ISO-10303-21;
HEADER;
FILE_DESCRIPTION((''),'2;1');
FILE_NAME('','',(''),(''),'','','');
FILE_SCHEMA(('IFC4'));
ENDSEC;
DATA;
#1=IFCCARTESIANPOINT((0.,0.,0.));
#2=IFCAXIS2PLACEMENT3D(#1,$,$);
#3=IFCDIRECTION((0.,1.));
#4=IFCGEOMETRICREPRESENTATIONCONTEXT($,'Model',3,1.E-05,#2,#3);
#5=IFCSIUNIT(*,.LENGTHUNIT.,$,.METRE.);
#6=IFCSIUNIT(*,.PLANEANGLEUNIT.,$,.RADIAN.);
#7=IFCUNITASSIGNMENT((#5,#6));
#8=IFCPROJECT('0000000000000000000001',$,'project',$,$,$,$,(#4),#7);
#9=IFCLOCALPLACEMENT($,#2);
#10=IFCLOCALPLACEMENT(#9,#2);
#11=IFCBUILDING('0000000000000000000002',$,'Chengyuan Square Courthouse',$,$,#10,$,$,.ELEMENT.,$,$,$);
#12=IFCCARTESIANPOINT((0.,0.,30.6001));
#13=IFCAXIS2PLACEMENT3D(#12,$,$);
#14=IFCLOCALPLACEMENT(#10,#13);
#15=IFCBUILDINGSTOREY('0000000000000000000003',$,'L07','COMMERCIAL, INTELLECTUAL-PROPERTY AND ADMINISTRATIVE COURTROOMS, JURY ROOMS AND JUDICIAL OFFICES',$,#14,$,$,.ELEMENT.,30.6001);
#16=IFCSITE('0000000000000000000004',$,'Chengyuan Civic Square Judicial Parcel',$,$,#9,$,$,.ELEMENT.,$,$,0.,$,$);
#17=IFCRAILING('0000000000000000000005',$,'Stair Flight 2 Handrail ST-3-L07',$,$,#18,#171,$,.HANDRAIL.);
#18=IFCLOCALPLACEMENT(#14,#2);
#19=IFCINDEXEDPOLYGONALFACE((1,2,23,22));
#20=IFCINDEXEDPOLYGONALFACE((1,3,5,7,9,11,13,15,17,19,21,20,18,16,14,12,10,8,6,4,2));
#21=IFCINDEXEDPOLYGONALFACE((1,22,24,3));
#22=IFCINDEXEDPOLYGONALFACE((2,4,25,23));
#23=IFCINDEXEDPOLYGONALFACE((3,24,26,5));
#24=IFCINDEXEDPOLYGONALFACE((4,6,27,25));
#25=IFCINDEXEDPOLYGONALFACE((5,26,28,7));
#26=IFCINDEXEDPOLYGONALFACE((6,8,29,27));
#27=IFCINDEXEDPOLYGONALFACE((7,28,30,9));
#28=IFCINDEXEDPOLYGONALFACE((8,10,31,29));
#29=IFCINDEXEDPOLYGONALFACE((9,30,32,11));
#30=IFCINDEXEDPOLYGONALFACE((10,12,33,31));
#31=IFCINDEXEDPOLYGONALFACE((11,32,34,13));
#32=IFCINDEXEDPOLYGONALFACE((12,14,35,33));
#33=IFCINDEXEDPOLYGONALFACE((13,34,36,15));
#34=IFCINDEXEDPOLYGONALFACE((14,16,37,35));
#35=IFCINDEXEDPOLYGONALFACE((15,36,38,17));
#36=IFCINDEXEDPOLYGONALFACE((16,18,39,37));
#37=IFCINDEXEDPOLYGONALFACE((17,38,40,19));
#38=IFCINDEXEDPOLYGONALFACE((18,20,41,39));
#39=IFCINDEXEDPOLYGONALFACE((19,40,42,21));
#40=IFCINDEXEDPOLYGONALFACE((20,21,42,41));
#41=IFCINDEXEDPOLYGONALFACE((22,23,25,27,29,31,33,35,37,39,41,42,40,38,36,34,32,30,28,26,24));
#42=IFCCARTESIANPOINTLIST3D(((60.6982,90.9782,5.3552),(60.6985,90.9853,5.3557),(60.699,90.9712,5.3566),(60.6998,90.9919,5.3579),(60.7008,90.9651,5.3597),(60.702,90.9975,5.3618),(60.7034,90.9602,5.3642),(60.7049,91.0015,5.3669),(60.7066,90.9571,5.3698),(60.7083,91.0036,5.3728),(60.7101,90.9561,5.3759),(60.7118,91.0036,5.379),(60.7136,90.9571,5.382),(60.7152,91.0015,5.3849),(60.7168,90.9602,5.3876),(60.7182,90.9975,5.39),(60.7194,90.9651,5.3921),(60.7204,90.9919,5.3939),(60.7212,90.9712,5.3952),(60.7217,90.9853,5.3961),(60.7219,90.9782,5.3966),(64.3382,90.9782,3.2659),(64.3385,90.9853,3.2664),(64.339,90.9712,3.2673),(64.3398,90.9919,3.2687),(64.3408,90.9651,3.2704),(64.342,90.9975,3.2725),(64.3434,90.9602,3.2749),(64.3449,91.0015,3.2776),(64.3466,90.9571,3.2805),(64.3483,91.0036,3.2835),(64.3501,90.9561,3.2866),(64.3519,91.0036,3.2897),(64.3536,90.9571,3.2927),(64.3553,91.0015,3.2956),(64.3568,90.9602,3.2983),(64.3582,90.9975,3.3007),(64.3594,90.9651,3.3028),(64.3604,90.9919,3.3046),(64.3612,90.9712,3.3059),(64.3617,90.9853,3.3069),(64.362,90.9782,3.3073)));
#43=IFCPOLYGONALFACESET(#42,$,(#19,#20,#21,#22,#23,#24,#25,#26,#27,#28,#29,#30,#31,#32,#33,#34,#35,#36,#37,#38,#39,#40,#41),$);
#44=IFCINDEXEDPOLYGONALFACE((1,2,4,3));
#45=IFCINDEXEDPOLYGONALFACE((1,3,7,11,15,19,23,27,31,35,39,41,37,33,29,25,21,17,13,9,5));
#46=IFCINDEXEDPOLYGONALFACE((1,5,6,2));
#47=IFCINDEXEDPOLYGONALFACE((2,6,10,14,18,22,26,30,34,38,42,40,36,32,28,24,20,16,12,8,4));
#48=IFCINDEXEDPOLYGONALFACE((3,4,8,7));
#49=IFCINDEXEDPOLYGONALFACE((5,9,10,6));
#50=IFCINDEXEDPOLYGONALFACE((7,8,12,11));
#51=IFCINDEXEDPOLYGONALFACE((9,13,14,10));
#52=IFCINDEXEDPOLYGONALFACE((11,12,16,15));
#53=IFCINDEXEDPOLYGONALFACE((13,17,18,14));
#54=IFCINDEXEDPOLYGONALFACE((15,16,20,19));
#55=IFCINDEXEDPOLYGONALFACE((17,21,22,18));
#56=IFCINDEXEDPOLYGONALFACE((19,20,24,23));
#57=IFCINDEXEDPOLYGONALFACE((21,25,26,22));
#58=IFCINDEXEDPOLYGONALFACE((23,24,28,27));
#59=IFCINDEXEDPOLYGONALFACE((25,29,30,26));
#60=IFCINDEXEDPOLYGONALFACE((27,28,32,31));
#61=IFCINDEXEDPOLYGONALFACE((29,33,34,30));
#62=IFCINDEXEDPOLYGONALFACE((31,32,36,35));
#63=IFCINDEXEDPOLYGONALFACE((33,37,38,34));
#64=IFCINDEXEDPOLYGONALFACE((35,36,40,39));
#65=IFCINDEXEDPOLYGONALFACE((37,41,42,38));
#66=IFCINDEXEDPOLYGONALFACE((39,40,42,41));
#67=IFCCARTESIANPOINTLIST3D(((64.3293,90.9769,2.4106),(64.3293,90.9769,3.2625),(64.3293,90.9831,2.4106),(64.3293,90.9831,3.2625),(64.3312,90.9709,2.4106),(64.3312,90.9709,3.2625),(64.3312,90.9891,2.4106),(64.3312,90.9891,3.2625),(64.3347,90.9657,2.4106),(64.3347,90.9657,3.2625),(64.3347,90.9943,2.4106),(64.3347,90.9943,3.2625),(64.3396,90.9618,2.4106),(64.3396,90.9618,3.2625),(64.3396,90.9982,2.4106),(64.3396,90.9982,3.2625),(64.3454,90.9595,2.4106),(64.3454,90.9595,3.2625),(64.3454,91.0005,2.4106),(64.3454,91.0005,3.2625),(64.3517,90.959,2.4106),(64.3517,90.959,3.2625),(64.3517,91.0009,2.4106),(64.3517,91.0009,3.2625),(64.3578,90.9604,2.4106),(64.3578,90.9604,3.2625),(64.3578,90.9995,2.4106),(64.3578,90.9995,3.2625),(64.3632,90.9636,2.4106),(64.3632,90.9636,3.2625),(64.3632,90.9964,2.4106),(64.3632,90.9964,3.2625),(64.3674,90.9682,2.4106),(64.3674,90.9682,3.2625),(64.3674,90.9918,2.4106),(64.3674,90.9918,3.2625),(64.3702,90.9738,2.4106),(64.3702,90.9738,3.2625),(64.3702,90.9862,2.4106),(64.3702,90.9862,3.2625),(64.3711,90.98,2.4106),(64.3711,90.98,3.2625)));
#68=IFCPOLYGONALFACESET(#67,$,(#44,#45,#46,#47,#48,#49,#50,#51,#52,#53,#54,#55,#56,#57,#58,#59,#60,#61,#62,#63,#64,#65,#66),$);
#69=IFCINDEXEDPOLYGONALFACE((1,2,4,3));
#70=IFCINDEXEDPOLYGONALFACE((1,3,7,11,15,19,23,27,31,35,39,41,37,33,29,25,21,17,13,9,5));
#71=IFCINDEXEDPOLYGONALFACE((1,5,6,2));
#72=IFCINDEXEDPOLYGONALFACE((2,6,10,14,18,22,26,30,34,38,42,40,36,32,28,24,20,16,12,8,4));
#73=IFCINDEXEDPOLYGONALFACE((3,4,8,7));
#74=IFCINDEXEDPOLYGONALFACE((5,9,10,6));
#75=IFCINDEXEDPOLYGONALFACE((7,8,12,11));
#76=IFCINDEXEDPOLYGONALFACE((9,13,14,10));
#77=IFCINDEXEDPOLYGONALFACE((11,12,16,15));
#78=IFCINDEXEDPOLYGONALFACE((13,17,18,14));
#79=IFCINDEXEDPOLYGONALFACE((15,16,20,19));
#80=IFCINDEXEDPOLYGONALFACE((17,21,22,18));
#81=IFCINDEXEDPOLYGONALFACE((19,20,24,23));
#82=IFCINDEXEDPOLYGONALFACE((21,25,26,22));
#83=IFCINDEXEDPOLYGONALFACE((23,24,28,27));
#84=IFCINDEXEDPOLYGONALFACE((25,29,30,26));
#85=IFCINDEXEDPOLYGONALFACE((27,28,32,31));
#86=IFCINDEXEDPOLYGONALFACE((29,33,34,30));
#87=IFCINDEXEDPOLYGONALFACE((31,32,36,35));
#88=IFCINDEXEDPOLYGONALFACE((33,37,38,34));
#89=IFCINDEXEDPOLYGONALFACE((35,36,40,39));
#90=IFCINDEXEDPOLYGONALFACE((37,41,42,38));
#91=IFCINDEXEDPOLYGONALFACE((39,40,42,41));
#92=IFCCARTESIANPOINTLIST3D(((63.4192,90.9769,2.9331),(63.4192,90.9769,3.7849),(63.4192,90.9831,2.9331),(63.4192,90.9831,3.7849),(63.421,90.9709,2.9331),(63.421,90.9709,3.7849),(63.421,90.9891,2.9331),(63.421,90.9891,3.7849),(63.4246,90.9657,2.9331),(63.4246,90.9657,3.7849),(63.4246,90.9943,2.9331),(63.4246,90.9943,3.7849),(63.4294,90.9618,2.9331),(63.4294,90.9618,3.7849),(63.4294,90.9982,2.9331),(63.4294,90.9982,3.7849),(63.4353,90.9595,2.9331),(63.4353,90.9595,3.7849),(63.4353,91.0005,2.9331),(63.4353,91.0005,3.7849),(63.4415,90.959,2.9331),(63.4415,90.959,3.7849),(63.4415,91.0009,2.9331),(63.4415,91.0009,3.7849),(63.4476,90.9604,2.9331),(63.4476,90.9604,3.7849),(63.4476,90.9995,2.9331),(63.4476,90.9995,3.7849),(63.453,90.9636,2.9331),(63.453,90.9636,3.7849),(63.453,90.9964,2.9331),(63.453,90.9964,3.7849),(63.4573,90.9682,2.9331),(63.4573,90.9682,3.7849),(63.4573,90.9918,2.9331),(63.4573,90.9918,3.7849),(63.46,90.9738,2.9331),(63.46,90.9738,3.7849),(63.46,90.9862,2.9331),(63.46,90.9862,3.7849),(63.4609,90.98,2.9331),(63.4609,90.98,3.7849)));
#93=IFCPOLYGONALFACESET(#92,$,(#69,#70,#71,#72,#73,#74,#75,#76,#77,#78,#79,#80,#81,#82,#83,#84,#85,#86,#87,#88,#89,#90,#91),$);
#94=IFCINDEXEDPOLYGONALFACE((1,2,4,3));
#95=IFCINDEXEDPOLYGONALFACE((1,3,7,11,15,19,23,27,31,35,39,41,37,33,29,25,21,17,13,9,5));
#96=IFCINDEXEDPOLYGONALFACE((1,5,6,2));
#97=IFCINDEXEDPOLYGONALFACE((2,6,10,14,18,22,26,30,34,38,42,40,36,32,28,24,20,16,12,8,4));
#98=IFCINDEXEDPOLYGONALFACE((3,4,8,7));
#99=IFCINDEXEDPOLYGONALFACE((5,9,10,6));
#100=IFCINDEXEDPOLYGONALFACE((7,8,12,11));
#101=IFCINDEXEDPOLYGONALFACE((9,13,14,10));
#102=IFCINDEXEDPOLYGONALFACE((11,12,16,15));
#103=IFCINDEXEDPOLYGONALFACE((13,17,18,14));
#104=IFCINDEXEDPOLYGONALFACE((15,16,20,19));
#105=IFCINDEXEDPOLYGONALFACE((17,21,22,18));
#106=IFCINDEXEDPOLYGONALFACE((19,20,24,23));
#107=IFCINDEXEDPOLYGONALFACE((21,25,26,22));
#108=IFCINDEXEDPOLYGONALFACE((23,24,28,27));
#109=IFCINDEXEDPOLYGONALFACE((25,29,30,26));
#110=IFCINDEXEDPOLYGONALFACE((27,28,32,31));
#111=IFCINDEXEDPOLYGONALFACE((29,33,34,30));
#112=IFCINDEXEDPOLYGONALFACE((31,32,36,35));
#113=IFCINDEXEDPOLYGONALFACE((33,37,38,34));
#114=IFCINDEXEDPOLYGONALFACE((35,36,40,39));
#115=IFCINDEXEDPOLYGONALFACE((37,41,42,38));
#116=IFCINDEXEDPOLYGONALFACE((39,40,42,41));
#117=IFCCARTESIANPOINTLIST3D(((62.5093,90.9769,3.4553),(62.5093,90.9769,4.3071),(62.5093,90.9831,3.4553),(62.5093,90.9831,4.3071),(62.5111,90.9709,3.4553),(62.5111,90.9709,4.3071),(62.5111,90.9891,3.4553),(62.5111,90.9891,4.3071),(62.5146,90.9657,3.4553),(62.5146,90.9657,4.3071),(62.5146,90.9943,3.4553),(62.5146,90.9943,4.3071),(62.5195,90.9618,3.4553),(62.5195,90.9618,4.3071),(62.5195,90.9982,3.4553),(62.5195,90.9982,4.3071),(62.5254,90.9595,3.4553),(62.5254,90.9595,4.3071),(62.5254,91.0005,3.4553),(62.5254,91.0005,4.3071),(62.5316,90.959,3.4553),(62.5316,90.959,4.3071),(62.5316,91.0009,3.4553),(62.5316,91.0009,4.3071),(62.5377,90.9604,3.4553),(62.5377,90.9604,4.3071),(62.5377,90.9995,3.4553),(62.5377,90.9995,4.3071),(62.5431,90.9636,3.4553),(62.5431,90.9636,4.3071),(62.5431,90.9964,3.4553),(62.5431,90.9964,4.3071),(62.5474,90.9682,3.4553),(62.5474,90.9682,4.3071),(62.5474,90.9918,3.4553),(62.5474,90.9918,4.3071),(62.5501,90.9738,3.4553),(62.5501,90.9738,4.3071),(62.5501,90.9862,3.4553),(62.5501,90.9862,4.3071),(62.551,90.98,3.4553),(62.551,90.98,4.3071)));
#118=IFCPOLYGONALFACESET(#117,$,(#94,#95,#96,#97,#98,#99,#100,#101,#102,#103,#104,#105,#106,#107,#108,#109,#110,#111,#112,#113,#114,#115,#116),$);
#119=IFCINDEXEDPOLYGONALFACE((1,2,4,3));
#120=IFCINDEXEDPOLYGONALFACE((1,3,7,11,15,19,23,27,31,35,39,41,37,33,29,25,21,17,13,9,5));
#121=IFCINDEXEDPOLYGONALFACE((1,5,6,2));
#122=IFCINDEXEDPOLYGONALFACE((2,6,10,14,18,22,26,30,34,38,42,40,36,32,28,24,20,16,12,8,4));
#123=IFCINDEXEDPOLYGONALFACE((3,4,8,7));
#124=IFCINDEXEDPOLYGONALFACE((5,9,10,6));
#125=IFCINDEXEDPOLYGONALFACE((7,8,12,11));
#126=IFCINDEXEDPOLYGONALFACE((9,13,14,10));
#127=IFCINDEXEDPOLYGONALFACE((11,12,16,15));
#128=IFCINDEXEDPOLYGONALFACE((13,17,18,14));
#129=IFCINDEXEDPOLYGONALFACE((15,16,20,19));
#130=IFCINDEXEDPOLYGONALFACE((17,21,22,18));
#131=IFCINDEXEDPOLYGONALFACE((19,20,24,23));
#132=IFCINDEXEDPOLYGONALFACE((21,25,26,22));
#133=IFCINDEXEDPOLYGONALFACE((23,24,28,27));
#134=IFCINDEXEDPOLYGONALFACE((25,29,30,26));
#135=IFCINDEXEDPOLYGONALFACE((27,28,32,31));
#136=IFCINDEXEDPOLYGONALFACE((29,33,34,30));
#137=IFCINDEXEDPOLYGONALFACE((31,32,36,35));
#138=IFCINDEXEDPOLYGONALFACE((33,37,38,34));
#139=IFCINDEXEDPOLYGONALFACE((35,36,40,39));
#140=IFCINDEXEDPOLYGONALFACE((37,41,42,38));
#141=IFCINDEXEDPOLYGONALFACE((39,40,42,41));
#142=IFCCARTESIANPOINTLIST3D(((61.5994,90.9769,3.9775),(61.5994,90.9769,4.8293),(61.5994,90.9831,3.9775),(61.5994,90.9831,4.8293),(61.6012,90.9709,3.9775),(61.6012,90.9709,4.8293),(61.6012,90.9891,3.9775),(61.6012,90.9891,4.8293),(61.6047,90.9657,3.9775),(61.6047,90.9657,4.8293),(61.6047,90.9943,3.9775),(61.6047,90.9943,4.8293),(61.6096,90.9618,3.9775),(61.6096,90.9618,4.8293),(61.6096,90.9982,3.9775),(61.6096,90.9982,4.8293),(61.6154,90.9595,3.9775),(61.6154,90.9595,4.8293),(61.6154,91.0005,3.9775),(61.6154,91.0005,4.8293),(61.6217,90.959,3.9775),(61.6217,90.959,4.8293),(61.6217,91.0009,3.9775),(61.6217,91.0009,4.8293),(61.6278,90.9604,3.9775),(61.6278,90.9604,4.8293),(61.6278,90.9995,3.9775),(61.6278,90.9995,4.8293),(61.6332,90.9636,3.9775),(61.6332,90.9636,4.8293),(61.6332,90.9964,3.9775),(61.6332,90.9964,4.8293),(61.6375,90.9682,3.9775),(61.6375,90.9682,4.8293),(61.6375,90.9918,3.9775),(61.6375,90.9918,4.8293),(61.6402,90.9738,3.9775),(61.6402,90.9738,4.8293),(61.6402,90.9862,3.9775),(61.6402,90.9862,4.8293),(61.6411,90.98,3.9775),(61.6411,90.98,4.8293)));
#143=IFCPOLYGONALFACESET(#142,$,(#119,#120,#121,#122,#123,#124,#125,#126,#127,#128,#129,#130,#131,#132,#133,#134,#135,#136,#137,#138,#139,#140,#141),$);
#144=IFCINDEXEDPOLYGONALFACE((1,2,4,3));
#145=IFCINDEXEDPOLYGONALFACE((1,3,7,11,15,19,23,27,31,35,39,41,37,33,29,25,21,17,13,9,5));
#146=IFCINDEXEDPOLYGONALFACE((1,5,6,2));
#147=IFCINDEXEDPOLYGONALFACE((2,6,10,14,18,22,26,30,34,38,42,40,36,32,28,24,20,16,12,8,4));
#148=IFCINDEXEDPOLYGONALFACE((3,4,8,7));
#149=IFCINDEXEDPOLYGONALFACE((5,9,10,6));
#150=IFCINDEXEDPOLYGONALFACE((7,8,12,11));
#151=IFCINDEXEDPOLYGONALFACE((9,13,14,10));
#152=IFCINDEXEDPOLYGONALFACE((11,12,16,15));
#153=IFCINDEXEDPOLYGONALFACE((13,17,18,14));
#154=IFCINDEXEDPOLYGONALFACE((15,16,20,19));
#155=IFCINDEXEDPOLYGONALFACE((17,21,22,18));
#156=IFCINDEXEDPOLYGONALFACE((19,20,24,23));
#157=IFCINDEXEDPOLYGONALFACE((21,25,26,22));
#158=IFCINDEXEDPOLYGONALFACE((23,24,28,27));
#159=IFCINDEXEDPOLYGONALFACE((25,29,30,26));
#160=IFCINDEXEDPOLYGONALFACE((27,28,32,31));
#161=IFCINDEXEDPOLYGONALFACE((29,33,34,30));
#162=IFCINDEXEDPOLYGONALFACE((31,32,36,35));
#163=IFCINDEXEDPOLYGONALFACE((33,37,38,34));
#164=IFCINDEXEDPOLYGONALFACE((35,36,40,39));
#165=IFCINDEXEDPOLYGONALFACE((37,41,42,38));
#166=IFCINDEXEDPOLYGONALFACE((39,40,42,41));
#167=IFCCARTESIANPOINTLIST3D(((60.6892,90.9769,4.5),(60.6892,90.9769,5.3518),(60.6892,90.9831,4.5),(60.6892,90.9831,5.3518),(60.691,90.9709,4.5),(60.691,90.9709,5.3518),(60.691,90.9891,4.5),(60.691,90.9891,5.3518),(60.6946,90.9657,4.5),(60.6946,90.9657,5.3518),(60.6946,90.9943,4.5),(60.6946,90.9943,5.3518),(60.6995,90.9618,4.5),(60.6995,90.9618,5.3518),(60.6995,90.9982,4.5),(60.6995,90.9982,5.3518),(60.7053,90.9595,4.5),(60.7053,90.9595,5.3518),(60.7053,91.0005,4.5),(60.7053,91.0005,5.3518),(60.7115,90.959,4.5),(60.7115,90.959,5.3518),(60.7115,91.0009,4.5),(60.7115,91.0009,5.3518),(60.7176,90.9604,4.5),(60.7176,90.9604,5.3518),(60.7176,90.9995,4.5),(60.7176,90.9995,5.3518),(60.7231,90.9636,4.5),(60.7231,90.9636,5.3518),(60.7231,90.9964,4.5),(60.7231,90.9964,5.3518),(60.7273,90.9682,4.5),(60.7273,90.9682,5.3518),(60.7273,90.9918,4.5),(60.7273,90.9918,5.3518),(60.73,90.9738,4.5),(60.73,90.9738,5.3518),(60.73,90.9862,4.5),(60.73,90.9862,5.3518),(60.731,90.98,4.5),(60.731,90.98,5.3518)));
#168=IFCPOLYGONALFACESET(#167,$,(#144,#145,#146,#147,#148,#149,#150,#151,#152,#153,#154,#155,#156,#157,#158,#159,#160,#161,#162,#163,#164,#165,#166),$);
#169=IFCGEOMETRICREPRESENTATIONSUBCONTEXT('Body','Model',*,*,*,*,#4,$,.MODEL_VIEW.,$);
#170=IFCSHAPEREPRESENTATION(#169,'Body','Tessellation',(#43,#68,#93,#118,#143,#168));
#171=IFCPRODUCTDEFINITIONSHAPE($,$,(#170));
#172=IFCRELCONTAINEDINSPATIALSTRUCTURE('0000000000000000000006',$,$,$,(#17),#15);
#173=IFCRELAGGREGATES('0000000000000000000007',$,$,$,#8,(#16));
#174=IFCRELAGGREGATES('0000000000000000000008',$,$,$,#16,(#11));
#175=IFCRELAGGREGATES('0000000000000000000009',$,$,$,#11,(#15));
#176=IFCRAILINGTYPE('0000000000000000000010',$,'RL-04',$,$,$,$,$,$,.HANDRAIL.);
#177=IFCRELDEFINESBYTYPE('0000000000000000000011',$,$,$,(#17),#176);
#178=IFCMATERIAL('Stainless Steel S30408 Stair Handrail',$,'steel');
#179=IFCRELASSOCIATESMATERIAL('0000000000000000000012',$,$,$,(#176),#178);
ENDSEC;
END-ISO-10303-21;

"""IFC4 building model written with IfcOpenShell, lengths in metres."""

from ifc_helpers import new_model, si_unit, direction, frame, origin, origin_2d, place, context, subcontext, project, spatial, circle, extrude, material, type_object, element, save


model = new_model("IFC4")

# Units and contexts
model_context = context("Model", 3, precision=1e-05, world=origin(), true_north=direction((0.0, 1.0)))
body_context = subcontext(model_context, "Body", "Model", "MODEL_VIEW")
ifc_project = project(units=[si_unit("LENGTHUNIT", "METRE"), si_unit("PLANEANGLEUNIT", "RADIAN")], contexts=[model_context])

# Site, building, storey
site_placement = place(None, origin())
site = spatial("IfcSite", under=ifc_project, at=site_placement, Name="Chengyuan Civic Square Judicial Parcel", CompositionType="ELEMENT", RefElevation=0.0)
building_placement = place(site_placement, origin())
building = spatial("IfcBuilding", under=site, at=building_placement, Name="Chengyuan Square Courthouse", CompositionType="ELEMENT")
storey_placement = place(building_placement, frame((0.0, 0.0, 30.6001)))
storey = spatial("IfcBuildingStorey", under=building, at=storey_placement, Name="L07", Description="COMMERCIAL, INTELLECTUAL-PROPERTY AND ADMINISTRATIVE COURTROOMS, JURY ROOMS AND JUDICIAL OFFICES", CompositionType="ELEMENT", Elevation=30.6001)

# Railing
ifc_material_1 = material(Name="Stainless Steel S30408 Stair Handrail", Category="steel")
railing_type_1 = type_object("IfcRailingType", Name="RL-04", PredefinedType="HANDRAIL", material=ifc_material_1)
railing_1_placement = place(storey_placement, frame((64.3501, 90.98, 2.4106)))
element("IfcRailing", 1, at=railing_1_placement, inside=storey, type_object=railing_type_1, Name="Stair Flight 2 Handrail ST-3-L07", PredefinedType="HANDRAIL", context=body_context, shape_type="SweptSolid", body=[
    extrude(circle(Radius=0.0239, at=origin_2d()), frame((0.0, 0.0, 0.876), z_axis=(-0.867289, 0.0, 0.497804), x_axis=(0.0, -1.0, 0.0)), (0.0, 0.0, 1.0), 4.197),
    extrude(circle(Radius=0.021, at=origin_2d()), origin(), (0.0, 0.0, 1.0), 0.8518),
    extrude(circle(Radius=0.021, at=origin_2d()), frame((-0.9102, 0.0, 0.5225)), (0.0, 0.0, 1.0), 0.8518),
    extrude(circle(Radius=0.021, at=origin_2d()), frame((-1.8201, 0.0, 1.0447)), (0.0, 0.0, 1.0), 0.8518),
    extrude(circle(Radius=0.021, at=origin_2d()), frame((-2.73, 0.0, 1.5669)), (0.0, 0.0, 1.0), 0.8518),
    extrude(circle(Radius=0.021, at=origin_2d()), frame((-3.6401, 0.0, 2.0894)), (0.0, 0.0, 1.0), 0.8518),
])

save(model, "model.ifc")
